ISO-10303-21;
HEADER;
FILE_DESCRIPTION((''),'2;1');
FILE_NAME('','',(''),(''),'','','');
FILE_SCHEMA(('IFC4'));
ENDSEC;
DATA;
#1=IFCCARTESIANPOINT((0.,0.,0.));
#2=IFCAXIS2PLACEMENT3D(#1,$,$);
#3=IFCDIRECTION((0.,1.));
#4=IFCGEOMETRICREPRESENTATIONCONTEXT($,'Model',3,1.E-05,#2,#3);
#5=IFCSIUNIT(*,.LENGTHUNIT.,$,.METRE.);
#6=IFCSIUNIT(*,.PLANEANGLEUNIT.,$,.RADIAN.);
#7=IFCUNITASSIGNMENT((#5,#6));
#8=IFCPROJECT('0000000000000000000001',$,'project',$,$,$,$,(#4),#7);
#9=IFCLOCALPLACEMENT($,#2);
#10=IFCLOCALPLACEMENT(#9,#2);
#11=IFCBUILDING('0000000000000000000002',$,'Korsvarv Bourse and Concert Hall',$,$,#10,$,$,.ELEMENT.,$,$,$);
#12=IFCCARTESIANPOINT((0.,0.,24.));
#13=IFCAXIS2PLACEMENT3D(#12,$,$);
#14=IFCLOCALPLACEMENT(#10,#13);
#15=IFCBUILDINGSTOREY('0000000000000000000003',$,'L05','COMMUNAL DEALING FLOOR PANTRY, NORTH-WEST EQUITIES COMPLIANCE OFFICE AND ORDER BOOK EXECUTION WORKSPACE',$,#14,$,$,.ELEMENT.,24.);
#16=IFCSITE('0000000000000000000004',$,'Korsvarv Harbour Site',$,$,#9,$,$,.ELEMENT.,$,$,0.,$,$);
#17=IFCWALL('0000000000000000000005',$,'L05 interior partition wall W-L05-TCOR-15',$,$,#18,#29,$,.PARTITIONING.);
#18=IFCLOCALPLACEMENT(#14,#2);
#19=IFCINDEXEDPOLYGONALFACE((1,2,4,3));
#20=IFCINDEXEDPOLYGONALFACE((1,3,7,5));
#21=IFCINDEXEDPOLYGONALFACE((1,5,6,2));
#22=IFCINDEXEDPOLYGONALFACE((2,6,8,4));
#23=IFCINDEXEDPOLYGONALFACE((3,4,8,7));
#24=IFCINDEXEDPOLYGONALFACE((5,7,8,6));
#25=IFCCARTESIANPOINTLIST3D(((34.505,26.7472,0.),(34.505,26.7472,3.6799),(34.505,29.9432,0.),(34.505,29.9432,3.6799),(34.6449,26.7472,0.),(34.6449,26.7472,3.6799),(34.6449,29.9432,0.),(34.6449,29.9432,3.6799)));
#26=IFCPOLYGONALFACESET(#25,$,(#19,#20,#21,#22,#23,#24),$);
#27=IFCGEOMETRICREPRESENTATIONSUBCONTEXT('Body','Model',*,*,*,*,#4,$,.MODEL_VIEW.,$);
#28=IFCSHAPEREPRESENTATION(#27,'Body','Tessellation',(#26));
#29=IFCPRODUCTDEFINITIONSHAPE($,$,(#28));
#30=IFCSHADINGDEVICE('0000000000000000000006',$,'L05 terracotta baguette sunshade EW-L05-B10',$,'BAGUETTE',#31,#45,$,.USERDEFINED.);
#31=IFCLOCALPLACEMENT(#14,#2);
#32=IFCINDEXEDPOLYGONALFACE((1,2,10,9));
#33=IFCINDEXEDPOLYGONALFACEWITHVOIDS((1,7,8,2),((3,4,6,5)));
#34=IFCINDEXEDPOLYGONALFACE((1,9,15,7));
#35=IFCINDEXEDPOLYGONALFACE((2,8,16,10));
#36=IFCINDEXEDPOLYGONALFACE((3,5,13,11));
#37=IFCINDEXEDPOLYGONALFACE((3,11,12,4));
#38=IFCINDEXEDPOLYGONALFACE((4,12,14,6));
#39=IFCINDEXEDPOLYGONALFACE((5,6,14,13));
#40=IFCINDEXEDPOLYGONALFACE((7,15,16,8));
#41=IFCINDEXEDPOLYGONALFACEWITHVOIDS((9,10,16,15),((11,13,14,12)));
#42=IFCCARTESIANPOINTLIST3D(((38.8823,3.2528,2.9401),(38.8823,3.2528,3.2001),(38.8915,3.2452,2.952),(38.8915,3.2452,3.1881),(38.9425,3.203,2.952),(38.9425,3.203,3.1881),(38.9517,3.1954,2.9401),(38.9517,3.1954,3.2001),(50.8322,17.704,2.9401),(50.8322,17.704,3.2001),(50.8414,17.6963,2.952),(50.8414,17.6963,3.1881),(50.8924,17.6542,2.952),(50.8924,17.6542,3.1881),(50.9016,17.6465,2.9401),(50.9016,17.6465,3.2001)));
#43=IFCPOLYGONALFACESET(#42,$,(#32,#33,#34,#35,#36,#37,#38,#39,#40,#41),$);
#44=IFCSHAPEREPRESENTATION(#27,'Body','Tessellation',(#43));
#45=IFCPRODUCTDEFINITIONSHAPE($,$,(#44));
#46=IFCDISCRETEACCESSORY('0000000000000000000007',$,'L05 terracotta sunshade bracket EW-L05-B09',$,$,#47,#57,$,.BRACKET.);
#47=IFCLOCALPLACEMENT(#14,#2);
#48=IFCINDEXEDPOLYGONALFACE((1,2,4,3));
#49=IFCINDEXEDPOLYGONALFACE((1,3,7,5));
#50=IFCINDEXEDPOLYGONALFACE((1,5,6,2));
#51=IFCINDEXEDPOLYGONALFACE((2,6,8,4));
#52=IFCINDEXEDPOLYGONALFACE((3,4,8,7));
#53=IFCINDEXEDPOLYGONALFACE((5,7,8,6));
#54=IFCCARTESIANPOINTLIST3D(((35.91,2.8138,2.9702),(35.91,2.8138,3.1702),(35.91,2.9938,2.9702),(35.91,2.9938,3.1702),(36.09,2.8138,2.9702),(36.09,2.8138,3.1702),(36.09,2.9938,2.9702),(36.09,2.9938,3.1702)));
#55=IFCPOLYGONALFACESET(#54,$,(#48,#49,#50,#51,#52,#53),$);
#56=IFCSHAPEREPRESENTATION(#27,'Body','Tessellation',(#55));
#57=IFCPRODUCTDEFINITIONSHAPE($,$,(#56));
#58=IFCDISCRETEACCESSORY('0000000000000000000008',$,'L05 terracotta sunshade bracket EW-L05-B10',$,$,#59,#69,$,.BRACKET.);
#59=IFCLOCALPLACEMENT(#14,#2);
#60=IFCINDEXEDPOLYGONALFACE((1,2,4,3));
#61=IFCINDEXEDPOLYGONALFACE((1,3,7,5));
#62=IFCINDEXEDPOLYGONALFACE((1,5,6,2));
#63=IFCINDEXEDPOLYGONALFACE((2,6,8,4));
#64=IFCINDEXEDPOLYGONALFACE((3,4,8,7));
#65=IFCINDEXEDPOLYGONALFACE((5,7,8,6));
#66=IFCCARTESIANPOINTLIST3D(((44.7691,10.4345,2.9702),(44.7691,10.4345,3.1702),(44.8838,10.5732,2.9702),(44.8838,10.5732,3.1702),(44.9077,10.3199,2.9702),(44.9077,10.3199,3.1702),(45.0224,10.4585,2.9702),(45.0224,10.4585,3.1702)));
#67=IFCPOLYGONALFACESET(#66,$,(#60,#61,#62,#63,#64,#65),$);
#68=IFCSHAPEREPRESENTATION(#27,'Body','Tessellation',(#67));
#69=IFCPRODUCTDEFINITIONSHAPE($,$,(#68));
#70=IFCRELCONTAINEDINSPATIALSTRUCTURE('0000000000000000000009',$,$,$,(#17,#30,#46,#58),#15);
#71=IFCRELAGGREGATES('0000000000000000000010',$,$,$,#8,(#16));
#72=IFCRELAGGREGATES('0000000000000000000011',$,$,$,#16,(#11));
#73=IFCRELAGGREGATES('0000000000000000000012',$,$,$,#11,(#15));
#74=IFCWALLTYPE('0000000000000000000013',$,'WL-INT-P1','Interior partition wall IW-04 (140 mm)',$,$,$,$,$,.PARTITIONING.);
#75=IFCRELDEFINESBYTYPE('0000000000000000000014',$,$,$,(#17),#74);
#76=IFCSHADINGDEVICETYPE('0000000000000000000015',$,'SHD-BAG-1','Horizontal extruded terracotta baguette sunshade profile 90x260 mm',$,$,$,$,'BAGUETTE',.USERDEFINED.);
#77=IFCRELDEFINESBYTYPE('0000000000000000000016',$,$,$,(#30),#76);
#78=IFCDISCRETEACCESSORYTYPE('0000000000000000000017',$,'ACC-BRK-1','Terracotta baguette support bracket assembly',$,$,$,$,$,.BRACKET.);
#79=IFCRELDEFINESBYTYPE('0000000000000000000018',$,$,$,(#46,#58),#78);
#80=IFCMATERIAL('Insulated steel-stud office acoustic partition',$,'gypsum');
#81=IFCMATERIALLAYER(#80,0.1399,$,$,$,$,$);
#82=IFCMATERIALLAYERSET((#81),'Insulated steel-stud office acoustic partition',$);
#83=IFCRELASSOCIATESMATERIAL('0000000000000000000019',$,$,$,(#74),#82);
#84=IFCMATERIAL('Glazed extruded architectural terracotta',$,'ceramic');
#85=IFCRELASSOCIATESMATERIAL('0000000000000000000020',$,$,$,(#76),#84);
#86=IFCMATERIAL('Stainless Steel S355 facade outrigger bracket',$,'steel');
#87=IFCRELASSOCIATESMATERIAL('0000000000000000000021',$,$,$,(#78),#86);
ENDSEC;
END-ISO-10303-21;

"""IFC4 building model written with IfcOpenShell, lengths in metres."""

from ifc_helpers import new_model, si_unit, direction, frame, frame_2d, origin, origin_2d, place, context, subcontext, project, spatial, rectangle, hollow_rectangle, extrude, source, transform, mapped, material, layer, layer_set, material_profile, profile_set, type_object, element, save


model = new_model("IFC4")

# Units and contexts
model_context = context("Model", 3, precision=1e-05, world=origin(), true_north=direction((0.0, 1.0)))
body_context = subcontext(model_context, "Body", "Model", "MODEL_VIEW")
ifc_project = project(units=[si_unit("LENGTHUNIT", "METRE"), si_unit("PLANEANGLEUNIT", "RADIAN")], contexts=[model_context])

# Site, building, storey
site_placement = place(None, origin())
site = spatial("IfcSite", under=ifc_project, at=site_placement, Name="Korsvarv Harbour Site", CompositionType="ELEMENT", RefElevation=0.0)
building_placement = place(site_placement, origin())
building = spatial("IfcBuilding", under=site, at=building_placement, Name="Korsvarv Bourse and Concert Hall", CompositionType="ELEMENT")
storey_placement = place(building_placement, frame((0.0, 0.0, 24.0)))
storey = spatial("IfcBuildingStorey", under=building, at=storey_placement, Name="L05", Description="COMMUNAL DEALING FLOOR PANTRY, NORTH-WEST EQUITIES COMPLIANCE OFFICE AND ORDER BOOK EXECUTION WORKSPACE", CompositionType="ELEMENT", Elevation=24.0)

# Wall
ifc_material_1 = material(Name="Insulated steel-stud office acoustic partition", Category="gypsum")
ifc_layer_1 = layer(ifc_material_1, 0.1399)
ifc_layer_set_1 = layer_set([ifc_layer_1], Name="Insulated steel-stud office acoustic partition")
wall_type_1 = type_object("IfcWallType", Name="WL-INT-P1", Description="Interior partition wall IW-04 (140 mm)", PredefinedType="PARTITIONING", material=ifc_layer_set_1)
wall_1_placement = place(storey_placement, frame((34.575, 26.7471, 0.0), z_axis=(0.0, 0.0, 1.0), x_axis=(0.0, 1.0, 0.0)))
element("IfcWall", 1, at=wall_1_placement, inside=storey, type_object=wall_type_1, Name="L05 interior partition wall W-L05-TCOR-15", PredefinedType="PARTITIONING", context=body_context, shape_type="SweptSolid", body=[
    extrude(rectangle(XDim=3.196, YDim=0.1399, at=frame_2d((1.5981, 0.0))), origin(), (0.0, 0.0, 1.0), 3.6799),
])

# Shading device
ifc_material_2 = material(Name="Glazed extruded architectural terracotta", Category="ceramic")
ifc_material_profile_1 = material_profile(ifc_material_2, hollow_rectangle(XDim=0.0901, YDim=0.26, WallThickness=0.012, at=origin_2d()), Name="TC-BAG 90x260")
ifc_profile_set_1 = profile_set([ifc_material_profile_1], Name="Glazed extruded architectural terracotta")
shading_device_type = type_object("IfcShadingDeviceType", Name="SHD-BAG-1", Description="Horizontal extruded terracotta baguette sunshade profile 90x260 mm", ElementType="BAGUETTE", PredefinedType="USERDEFINED", material=ifc_profile_set_1)
shared_shape_1 = source(origin(), body_context, "Body", "SweptSolid", [
    extrude(hollow_rectangle(XDim=0.0901, YDim=0.26, WallThickness=0.012, at=origin_2d()), origin(), (0.0, 0.0, 1.0), 18.752),
])
shading_device_placement = place(storey_placement, frame((38.917, 3.2241, 3.0701), z_axis=(0.637263, 0.770647, 0.0), x_axis=(-0.770647, 0.637263, 0.0)))
element("IfcShadingDevice", 2, at=shading_device_placement, inside=storey, type_object=shading_device_type, Name="L05 terracotta baguette sunshade EW-L05-B10", ObjectType="BAGUETTE", PredefinedType="USERDEFINED", context=body_context, shape_type="MappedRepresentation", body=[
    mapped(shared_shape_1, transform((0.0, 0.0, 0.0), scale=1.0)),
])

# Discrete accessories
ifc_material_3 = material(Name="Stainless Steel S355 facade outrigger bracket", Category="steel")
discrete_accessory_type = type_object("IfcDiscreteAccessoryType", Name="ACC-BRK-1", Description="Terracotta baguette support bracket assembly", PredefinedType="BRACKET", material=ifc_material_3)
shared_shape_2 = source(origin(), body_context, "Body", "SweptSolid", [
    extrude(rectangle(XDim=0.1799, YDim=0.1799, at=origin_2d()), origin(), (0.0, 0.0, 1.0), 0.2),
])
for number, where, z_axis, x_axis, name in (
    (3, (36.0, 2.9038, 2.9702), (0.0, 0.0, 1.0), (1.0, 0.0, 0.0), "L05 terracotta sunshade bracket EW-L05-B09"),
    (4, (44.8958, 10.4465, 2.9702), (0.0, 0.0, 1.0), (0.63729, 0.770624, 0.0), "L05 terracotta sunshade bracket EW-L05-B10"),
):
    element("IfcDiscreteAccessory", number, at=place(storey_placement, frame(where, z_axis=z_axis, x_axis=x_axis)), inside=storey, type_object=discrete_accessory_type, Name=name, PredefinedType="BRACKET", context=body_context, shape_type="MappedRepresentation", body=[
        mapped(shared_shape_2, transform((0.0, 0.0, 0.0), scale=1.0)),
    ])

save(model, "model.ifc")
